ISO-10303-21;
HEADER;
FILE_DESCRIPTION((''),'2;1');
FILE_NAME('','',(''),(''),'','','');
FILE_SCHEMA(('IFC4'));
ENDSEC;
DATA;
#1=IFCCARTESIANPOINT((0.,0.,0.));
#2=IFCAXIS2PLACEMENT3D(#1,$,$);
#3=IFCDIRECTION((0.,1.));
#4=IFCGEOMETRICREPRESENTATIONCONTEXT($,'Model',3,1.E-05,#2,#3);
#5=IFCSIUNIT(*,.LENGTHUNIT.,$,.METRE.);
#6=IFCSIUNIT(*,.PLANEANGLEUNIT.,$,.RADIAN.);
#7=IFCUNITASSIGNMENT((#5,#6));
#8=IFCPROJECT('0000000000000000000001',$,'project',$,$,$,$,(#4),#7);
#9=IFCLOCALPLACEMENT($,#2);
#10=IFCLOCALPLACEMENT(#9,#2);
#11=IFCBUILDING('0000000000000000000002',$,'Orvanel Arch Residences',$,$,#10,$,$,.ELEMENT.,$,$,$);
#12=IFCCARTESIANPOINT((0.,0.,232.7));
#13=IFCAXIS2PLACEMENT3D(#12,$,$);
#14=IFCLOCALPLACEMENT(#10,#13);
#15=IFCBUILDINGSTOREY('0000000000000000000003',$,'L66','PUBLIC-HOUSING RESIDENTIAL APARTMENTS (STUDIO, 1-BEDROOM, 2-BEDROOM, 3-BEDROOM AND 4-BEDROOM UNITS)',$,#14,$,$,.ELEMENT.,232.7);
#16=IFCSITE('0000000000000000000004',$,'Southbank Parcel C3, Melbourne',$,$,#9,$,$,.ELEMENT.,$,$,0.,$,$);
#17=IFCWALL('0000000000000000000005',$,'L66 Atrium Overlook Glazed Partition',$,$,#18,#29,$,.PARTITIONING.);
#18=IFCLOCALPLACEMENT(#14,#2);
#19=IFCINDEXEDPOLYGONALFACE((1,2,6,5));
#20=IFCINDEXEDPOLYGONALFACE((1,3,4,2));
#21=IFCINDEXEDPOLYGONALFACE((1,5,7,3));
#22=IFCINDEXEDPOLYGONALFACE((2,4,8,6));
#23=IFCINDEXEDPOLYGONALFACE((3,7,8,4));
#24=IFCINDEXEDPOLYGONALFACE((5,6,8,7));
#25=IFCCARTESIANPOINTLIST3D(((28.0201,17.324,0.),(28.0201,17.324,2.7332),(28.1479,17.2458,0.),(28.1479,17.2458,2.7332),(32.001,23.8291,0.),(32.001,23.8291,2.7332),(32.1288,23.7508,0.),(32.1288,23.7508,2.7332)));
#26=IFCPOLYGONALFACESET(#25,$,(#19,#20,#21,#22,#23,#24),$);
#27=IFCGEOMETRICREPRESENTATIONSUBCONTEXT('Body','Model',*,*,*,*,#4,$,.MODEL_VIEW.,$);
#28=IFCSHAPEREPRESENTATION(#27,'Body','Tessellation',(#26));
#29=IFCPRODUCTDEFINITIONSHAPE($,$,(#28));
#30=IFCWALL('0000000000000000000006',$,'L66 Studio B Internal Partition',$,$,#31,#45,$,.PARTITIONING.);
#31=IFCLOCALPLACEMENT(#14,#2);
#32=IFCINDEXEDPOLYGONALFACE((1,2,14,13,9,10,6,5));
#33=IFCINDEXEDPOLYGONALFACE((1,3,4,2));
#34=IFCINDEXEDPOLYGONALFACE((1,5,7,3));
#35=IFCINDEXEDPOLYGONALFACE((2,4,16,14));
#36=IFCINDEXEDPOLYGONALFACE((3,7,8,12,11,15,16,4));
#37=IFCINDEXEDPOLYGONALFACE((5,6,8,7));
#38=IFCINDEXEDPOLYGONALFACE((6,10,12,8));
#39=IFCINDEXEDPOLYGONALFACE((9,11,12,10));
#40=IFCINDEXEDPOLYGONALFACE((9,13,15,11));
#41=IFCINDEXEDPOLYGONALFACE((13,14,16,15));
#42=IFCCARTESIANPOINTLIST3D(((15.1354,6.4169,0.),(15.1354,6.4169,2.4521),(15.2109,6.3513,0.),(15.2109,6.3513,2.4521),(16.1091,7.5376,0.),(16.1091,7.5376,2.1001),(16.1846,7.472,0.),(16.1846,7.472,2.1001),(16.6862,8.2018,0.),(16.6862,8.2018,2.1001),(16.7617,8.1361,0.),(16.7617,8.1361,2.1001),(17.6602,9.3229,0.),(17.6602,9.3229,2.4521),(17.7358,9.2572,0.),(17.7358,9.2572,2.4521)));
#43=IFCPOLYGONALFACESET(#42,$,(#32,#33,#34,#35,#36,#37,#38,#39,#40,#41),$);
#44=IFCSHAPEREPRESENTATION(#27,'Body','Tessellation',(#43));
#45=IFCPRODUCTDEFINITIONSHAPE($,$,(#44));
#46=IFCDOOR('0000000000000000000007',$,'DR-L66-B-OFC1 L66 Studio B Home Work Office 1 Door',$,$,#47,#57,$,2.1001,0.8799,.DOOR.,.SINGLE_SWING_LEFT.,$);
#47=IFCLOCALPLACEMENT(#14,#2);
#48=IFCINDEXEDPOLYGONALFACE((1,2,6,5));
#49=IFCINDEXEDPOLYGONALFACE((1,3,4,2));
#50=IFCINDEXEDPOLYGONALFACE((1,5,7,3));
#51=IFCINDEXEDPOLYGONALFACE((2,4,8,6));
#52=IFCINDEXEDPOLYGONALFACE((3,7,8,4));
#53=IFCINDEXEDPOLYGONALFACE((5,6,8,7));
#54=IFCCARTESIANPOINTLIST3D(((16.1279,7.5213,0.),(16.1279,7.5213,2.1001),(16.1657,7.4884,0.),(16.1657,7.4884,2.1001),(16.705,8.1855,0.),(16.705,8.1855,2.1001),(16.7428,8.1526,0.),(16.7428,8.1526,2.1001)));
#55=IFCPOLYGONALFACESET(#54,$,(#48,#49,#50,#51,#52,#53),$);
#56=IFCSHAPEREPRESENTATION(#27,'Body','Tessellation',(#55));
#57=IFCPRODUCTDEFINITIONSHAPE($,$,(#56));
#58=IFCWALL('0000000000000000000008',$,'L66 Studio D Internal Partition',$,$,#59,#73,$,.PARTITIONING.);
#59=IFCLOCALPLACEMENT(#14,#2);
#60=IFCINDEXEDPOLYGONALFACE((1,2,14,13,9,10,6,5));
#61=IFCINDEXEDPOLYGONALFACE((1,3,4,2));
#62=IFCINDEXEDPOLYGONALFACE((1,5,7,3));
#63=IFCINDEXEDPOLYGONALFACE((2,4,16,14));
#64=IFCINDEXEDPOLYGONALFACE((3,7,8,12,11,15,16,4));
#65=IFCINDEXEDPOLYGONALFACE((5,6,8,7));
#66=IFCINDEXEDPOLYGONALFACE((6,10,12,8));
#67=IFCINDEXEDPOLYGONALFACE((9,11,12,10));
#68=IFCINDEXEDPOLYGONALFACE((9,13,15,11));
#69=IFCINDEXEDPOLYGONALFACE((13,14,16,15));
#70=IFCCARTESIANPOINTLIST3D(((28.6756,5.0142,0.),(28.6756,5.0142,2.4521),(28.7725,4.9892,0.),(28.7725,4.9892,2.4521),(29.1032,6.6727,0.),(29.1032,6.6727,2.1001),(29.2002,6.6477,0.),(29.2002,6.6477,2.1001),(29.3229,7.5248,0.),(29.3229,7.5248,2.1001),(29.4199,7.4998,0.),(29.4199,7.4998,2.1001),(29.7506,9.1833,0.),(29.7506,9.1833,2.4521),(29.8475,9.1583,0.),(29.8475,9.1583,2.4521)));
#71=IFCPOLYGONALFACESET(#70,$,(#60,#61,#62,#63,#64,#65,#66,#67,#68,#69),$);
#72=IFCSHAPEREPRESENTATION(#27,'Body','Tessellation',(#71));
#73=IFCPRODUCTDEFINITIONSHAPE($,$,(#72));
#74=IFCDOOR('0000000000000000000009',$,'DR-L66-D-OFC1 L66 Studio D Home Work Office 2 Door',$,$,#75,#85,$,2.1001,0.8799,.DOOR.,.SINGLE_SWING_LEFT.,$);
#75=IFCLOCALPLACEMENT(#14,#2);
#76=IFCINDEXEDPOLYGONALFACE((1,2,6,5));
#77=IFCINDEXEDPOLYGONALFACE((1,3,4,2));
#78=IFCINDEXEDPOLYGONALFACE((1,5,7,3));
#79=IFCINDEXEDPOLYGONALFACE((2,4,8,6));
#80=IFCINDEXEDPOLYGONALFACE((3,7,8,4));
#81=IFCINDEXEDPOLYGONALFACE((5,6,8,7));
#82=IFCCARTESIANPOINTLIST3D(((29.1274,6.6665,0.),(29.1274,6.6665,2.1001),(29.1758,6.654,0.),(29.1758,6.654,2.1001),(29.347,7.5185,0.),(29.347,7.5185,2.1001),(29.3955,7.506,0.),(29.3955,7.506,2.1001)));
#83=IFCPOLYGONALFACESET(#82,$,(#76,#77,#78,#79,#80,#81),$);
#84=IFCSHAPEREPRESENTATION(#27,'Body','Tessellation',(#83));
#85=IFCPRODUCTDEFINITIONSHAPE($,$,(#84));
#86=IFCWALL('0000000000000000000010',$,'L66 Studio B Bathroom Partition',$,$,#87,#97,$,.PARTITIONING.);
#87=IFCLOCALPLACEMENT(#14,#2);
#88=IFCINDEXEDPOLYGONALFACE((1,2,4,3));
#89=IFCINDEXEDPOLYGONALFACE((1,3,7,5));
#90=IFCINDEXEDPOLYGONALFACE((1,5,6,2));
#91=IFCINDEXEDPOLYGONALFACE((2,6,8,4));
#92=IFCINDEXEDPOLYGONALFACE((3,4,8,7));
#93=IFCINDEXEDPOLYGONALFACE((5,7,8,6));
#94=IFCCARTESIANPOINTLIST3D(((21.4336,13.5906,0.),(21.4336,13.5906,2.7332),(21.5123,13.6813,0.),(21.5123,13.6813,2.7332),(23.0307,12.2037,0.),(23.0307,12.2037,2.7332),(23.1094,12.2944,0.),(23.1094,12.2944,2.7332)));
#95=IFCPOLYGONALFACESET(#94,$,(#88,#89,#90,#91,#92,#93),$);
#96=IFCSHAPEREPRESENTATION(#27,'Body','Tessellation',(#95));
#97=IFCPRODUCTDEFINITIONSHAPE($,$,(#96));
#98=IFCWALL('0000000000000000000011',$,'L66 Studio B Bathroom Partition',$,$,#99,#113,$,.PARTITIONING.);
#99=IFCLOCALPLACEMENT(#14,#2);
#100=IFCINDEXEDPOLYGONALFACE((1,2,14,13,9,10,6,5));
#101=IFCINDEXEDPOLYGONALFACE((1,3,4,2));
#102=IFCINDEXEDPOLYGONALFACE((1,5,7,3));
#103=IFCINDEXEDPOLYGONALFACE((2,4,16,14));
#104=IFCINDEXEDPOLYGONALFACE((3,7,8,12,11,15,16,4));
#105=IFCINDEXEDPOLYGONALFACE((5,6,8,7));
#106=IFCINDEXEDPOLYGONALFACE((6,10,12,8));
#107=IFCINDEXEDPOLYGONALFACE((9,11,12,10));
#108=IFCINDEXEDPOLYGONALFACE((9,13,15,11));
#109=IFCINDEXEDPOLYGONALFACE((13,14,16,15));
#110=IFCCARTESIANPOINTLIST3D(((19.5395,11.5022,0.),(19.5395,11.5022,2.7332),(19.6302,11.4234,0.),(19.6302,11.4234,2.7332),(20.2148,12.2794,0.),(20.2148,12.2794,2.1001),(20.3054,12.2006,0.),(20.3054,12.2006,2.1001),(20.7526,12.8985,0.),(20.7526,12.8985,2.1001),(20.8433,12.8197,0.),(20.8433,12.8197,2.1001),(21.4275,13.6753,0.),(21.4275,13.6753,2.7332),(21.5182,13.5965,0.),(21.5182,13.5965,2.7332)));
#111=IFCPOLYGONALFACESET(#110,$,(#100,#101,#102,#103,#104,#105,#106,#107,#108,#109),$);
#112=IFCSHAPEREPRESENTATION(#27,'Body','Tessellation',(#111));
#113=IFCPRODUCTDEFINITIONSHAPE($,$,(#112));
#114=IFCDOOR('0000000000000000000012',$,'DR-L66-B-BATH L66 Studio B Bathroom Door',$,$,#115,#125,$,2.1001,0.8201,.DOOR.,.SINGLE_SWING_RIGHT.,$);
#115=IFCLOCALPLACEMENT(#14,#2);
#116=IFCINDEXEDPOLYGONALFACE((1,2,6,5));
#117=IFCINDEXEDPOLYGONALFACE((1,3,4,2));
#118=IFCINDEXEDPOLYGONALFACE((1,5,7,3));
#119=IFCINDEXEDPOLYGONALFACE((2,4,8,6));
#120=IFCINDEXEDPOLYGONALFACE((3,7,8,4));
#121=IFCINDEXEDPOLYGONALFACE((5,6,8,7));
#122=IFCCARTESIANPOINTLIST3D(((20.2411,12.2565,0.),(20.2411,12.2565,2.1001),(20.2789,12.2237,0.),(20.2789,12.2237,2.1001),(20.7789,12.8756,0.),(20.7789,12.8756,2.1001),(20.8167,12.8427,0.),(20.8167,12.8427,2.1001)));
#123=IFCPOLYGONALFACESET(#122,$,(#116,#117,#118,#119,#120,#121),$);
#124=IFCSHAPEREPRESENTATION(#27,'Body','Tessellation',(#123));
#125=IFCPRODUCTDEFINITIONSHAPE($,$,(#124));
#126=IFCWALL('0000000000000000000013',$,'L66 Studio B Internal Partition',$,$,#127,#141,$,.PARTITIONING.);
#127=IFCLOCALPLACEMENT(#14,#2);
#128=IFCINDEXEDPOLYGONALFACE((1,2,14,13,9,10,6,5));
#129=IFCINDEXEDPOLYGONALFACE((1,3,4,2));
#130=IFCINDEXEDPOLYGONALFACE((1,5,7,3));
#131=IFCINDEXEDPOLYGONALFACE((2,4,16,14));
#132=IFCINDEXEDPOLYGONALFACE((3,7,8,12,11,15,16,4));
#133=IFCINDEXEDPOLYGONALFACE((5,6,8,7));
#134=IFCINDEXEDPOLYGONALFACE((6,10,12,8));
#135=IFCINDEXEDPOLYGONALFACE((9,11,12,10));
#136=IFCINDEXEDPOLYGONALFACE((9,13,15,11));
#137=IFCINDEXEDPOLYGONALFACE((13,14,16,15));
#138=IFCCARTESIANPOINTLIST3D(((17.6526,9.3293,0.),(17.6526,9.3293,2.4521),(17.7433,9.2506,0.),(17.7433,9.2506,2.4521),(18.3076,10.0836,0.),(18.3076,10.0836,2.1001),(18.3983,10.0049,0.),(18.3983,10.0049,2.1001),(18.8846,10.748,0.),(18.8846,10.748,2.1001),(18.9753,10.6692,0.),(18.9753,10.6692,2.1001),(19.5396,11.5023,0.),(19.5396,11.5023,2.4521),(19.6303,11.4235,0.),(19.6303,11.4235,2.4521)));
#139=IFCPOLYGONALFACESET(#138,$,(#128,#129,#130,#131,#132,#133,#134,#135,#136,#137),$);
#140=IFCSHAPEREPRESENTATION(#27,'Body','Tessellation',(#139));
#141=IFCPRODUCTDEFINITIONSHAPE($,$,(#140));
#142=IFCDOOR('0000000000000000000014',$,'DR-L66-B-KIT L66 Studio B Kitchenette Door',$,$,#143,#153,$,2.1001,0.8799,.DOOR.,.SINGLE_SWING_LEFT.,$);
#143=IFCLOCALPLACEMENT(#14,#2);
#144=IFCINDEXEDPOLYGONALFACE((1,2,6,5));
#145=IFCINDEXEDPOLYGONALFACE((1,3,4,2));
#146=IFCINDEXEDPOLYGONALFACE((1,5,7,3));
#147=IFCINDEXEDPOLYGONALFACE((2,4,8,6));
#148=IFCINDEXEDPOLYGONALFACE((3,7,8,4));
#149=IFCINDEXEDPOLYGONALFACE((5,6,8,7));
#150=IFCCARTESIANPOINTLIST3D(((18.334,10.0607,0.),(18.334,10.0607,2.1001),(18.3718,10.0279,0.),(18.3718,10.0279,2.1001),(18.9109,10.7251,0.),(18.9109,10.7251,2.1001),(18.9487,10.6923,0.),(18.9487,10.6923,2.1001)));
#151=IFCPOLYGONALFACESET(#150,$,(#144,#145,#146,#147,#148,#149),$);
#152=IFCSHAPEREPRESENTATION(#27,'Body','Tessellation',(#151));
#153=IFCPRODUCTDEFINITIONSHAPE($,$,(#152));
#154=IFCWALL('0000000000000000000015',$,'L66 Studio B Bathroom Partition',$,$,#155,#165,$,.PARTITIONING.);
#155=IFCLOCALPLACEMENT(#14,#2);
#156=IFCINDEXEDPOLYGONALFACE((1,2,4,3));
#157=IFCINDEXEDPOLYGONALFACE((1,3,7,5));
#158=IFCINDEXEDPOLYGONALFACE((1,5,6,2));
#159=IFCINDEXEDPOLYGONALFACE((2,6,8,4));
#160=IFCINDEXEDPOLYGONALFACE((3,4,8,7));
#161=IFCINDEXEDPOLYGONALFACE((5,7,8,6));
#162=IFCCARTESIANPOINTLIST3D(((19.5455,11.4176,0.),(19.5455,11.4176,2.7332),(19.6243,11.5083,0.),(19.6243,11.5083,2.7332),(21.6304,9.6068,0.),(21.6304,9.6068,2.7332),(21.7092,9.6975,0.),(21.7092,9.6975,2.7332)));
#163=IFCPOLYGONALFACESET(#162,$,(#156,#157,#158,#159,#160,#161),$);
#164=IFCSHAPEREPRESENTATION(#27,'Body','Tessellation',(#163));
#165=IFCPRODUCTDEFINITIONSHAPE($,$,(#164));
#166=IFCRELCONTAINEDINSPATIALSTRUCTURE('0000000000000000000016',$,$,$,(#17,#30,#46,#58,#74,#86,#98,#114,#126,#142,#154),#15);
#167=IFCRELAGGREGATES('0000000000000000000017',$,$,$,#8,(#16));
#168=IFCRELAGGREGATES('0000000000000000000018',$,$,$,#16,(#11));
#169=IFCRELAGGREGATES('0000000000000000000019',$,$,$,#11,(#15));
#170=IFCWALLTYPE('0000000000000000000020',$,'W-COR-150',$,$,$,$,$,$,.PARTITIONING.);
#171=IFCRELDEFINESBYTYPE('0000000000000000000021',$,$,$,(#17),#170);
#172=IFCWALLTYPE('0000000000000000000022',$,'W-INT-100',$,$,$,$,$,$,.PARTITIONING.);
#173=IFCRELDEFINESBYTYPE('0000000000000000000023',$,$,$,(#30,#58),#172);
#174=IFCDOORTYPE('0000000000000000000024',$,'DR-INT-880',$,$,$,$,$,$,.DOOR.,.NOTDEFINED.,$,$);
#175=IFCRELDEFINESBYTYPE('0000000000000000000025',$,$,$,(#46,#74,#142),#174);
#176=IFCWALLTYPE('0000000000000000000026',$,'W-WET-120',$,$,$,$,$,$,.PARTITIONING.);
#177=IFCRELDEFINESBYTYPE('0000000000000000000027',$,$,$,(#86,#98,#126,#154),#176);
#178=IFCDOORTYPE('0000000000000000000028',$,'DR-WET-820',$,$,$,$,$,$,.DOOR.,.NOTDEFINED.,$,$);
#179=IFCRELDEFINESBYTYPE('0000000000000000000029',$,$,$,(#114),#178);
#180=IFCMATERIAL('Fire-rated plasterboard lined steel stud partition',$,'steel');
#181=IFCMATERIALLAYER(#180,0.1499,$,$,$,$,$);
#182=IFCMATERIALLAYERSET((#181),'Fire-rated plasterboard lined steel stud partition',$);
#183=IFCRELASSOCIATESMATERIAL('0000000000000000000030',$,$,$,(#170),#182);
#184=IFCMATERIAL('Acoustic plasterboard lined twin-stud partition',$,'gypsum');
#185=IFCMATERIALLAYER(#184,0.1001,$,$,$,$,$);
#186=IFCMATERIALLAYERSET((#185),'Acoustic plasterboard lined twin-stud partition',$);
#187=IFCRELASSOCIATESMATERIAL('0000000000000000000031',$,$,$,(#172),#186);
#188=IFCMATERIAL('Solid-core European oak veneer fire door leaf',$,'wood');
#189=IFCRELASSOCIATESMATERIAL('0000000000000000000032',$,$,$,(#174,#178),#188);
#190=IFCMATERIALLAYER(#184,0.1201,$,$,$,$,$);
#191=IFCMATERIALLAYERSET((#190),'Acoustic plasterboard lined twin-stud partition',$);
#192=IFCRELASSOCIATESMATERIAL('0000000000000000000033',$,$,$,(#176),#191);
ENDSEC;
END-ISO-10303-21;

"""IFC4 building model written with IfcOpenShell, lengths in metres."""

from ifc_helpers import new_model, si_unit, direction, frame, frame_2d, origin, place, context, subcontext, project, spatial, rectangle, extrude, material, layer, layer_set, type_object, element, fill, save


model = new_model("IFC4")

# Units and contexts
model_context = context("Model", 3, precision=1e-05, world=origin(), true_north=direction((0.0, 1.0)))
body_context = subcontext(model_context, "Body", "Model", "MODEL_VIEW")
ifc_project = project(units=[si_unit("LENGTHUNIT", "METRE"), si_unit("PLANEANGLEUNIT", "RADIAN")], contexts=[model_context])

# Site, building, storey
site_placement = place(None, origin())
site = spatial("IfcSite", under=ifc_project, at=site_placement, Name="Southbank Parcel C3, Melbourne", CompositionType="ELEMENT", RefElevation=0.0)
building_placement = place(site_placement, origin())
building = spatial("IfcBuilding", under=site, at=building_placement, Name="Orvanel Arch Residences", CompositionType="ELEMENT")
storey_placement = place(building_placement, frame((0.0, 0.0, 232.7)))
storey = spatial("IfcBuildingStorey", under=building, at=storey_placement, Name="L66", Description="PUBLIC-HOUSING RESIDENTIAL APARTMENTS (STUDIO, 1-BEDROOM, 2-BEDROOM, 3-BEDROOM AND 4-BEDROOM UNITS)", CompositionType="ELEMENT", Elevation=232.7)

# Wall
ifc_material_1 = material(Name="Fire-rated plasterboard lined steel stud partition", Category="steel")
ifc_layer_1 = layer(ifc_material_1, 0.1499)
ifc_layer_set_1 = layer_set([ifc_layer_1], Name="Fire-rated plasterboard lined steel stud partition")
wall_type_1 = type_object("IfcWallType", Name="W-COR-150", PredefinedType="PARTITIONING", material=ifc_layer_set_1)
wall_1_placement = place(storey_placement, frame((28.084, 17.2849, 0.0), z_axis=(0.0, 0.0, 1.0), x_axis=(0.521985, 0.852955, 0.0)))
element("IfcWall", 1, at=wall_1_placement, inside=storey, type_object=wall_type_1, Name="L66 Atrium Overlook Glazed Partition", PredefinedType="PARTITIONING", context=body_context, shape_type="SweptSolid", body=[
    extrude(rectangle(XDim=7.6265, YDim=0.1499, at=frame_2d((3.8132, 0.0))), origin(), (0.0, 0.0, 1.0), 2.7332),
])

# Walls, openings, doors
ifc_material_2 = material(Name="Acoustic plasterboard lined twin-stud partition", Category="gypsum")
ifc_layer_2 = layer(ifc_material_2, 0.1001)
ifc_layer_set_2 = layer_set([ifc_layer_2], Name="Acoustic plasterboard lined twin-stud partition")
wall_type_2 = type_object("IfcWallType", Name="W-INT-100", PredefinedType="PARTITIONING", material=ifc_layer_set_2)
wall_2_placement = place(storey_placement, frame((17.698, 9.29, 0.0), z_axis=(0.0, 0.0, 1.0), x_axis=(-0.655874, -0.75487, 0.0)))
wall_2 = element("IfcWall", 2, at=wall_2_placement, inside=storey, type_object=wall_type_2, Name="L66 Studio B Internal Partition", PredefinedType="PARTITIONING", context=body_context, shape_type="SweptSolid", body=[
    extrude(rectangle(XDim=3.8496, YDim=0.1001, at=frame_2d((1.9248, 0.0))), origin(), (0.0, 0.0, 1.0), 2.4521),
])
opening_1_placement = place(wall_2_placement, frame((1.4851, 0.0, 0.0)))
opening_1 = element("IfcOpeningElement", 3, at=opening_1_placement, cuts=wall_2, PredefinedType="OPENING", context=body_context, shape_type="SweptSolid", body=[
    extrude(rectangle(XDim=0.8799, YDim=2.1001, at=frame_2d((0.4399, 1.05))), frame((0.0, 0.0601, 0.0), z_axis=(0.0, -1.0, 0.0), x_axis=(1.0, 0.0, 0.0)), (0.0, 0.0, 1.0), 0.1201),
])
ifc_material_3 = material(Name="Solid-core European oak veneer fire door leaf", Category="wood")
door_type_1 = type_object("IfcDoorType", Name="DR-INT-880", OperationType="NOTDEFINED", PredefinedType="DOOR", material=ifc_material_3)
door_1_placement = place(opening_1_placement, origin())
door_1 = element("IfcDoor", 4, at=door_1_placement, inside=storey, type_object=door_type_1, Name="DR-L66-B-OFC1 L66 Studio B Home Work Office 1 Door", OperationType="SINGLE_SWING_LEFT", OverallHeight=2.1001, OverallWidth=0.8799, PredefinedType="DOOR", context=body_context, shape_type="SweptSolid", body=[
    extrude(rectangle(XDim=0.8799, YDim=2.1001, at=frame_2d((0.4399, 1.05))), frame((0.0, 0.0249, 0.0), z_axis=(0.0, -1.0, 0.0), x_axis=(1.0, 0.0, 0.0)), (0.0, 0.0, 1.0), 0.05),
])
fill(opening_1, door_1)
wall_3_placement = place(storey_placement, frame((29.7991, 9.1709, 0.0), z_axis=(0.0, 0.0, 1.0), x_axis=(-0.249681, -0.968328, 0.0)))
wall_3 = element("IfcWall", 5, at=wall_3_placement, inside=storey, type_object=wall_type_2, Name="L66 Studio D Internal Partition", PredefinedType="PARTITIONING", context=body_context, shape_type="SweptSolid", body=[
    extrude(rectangle(XDim=4.3054, YDim=0.1001, at=frame_2d((2.1528, 0.0))), origin(), (0.0, 0.0, 1.0), 2.4521),
])
opening_2_placement = place(wall_3_placement, frame((1.7129, 0.0, 0.0)))
opening_2 = element("IfcOpeningElement", 6, at=opening_2_placement, cuts=wall_3, PredefinedType="OPENING", context=body_context, shape_type="SweptSolid", body=[
    extrude(rectangle(XDim=0.8799, YDim=2.1001, at=frame_2d((0.4399, 1.05))), frame((0.0, 0.0601, 0.0), z_axis=(0.0, -1.0, 0.0), x_axis=(1.0, 0.0, 0.0)), (0.0, 0.0, 1.0), 0.1201),
])
door_2_placement = place(opening_2_placement, origin())
door_2 = element("IfcDoor", 7, at=door_2_placement, inside=storey, type_object=door_type_1, Name="DR-L66-D-OFC1 L66 Studio D Home Work Office 2 Door", OperationType="SINGLE_SWING_LEFT", OverallHeight=2.1001, OverallWidth=0.8799, PredefinedType="DOOR", context=body_context, shape_type="SweptSolid", body=[
    extrude(rectangle(XDim=0.8799, YDim=2.1001, at=frame_2d((0.4399, 1.05))), frame((0.0, 0.0249, 0.0), z_axis=(0.0, -1.0, 0.0), x_axis=(1.0, 0.0, 0.0)), (0.0, 0.0, 1.0), 0.05),
])
fill(opening_2, door_2)

# Wall
ifc_layer_3 = layer(ifc_material_2, 0.1201)
ifc_layer_set_3 = layer_set([ifc_layer_3], Name="Acoustic plasterboard lined twin-stud partition")
wall_type_3 = type_object("IfcWallType", Name="W-WET-120", PredefinedType="PARTITIONING", material=ifc_layer_set_3)
wall_4_placement = place(storey_placement, frame((23.0701, 12.249, 0.0), z_axis=(0.0, 0.0, 1.0), x_axis=(-0.755045, 0.655673, 0.0)))
element("IfcWall", 8, at=wall_4_placement, inside=storey, type_object=wall_type_3, Name="L66 Studio B Bathroom Partition", PredefinedType="PARTITIONING", context=body_context, shape_type="SweptSolid", body=[
    extrude(rectangle(XDim=2.1152, YDim=0.1201, at=frame_2d((1.0576, 0.0))), origin(), (0.0, 0.0, 1.0), 2.7332),
])

# Walls, openings, doors
wall_5_placement = place(storey_placement, frame((21.4729, 13.636, 0.0), z_axis=(0.0, 0.0, 1.0), x_axis=(-0.655841, -0.754899, 0.0)))
wall_5 = element("IfcWall", 9, at=wall_5_placement, inside=storey, type_object=wall_type_3, Name="L66 Studio B Bathroom Partition", PredefinedType="PARTITIONING", context=body_context, shape_type="SweptSolid", body=[
    extrude(rectangle(XDim=2.8787, YDim=0.1201, at=frame_2d((1.4395, 0.0))), origin(), (0.0, 0.0, 1.0), 2.7332),
])
opening_3_placement = place(wall_5_placement, frame((1.0291, 0.0, 0.0)))
opening_3 = element("IfcOpeningElement", 10, at=opening_3_placement, cuts=wall_5, PredefinedType="OPENING", context=body_context, shape_type="SweptSolid", body=[
    extrude(rectangle(XDim=0.8201, YDim=2.1001, at=frame_2d((0.4102, 1.05))), frame((0.0, 0.0701, 0.0), z_axis=(0.0, -1.0, 0.0), x_axis=(1.0, 0.0, 0.0)), (0.0, 0.0, 1.0), 0.1401),
])
door_type_2 = type_object("IfcDoorType", Name="DR-WET-820", OperationType="NOTDEFINED", PredefinedType="DOOR", material=ifc_material_3)
door_3_placement = place(opening_3_placement, origin())
door_3 = element("IfcDoor", 11, at=door_3_placement, inside=storey, type_object=door_type_2, Name="DR-L66-B-BATH L66 Studio B Bathroom Door", OperationType="SINGLE_SWING_RIGHT", OverallHeight=2.1001, OverallWidth=0.8201, PredefinedType="DOOR", context=body_context, shape_type="SweptSolid", body=[
    extrude(rectangle(XDim=0.8201, YDim=2.1001, at=frame_2d((0.4102, 1.05))), frame((0.0, 0.0249, 0.0), z_axis=(0.0, -1.0, 0.0), x_axis=(1.0, 0.0, 0.0)), (0.0, 0.0, 1.0), 0.05),
])
fill(opening_3, door_3)
wall_6_placement = place(storey_placement, frame((19.585, 11.4629, 0.0), z_axis=(0.0, 0.0, 1.0), x_axis=(-0.655689, -0.755031, 0.0)))
wall_6 = element("IfcWall", 12, at=wall_6_placement, inside=storey, type_object=wall_type_3, Name="L66 Studio B Internal Partition", PredefinedType="PARTITIONING", context=body_context, shape_type="SweptSolid", body=[
    extrude(rectangle(XDim=2.8779, YDim=0.1201, at=frame_2d((1.439, 0.0))), origin(), (0.0, 0.0, 1.0), 2.4521),
])
opening_4_placement = place(wall_6_placement, frame((0.999, 0.0, 0.0)))
opening_4 = element("IfcOpeningElement", 13, at=opening_4_placement, cuts=wall_6, PredefinedType="OPENING", context=body_context, shape_type="SweptSolid", body=[
    extrude(rectangle(XDim=0.8799, YDim=2.1001, at=frame_2d((0.4399, 1.05))), frame((0.0, 0.0701, 0.0), z_axis=(0.0, -1.0, 0.0), x_axis=(1.0, 0.0, 0.0)), (0.0, 0.0, 1.0), 0.1401),
])
door_4_placement = place(opening_4_placement, origin())
door_4 = element("IfcDoor", 14, at=door_4_placement, inside=storey, type_object=door_type_1, Name="DR-L66-B-KIT L66 Studio B Kitchenette Door", OperationType="SINGLE_SWING_LEFT", OverallHeight=2.1001, OverallWidth=0.8799, PredefinedType="DOOR", context=body_context, shape_type="SweptSolid", body=[
    extrude(rectangle(XDim=0.8799, YDim=2.1001, at=frame_2d((0.4399, 1.05))), frame((0.0, 0.0249, 0.0), z_axis=(0.0, -1.0, 0.0), x_axis=(1.0, 0.0, 0.0)), (0.0, 0.0, 1.0), 0.05),
])
fill(opening_4, door_4)

# Wall
wall_7_placement = place(storey_placement, frame((21.6699, 9.6521, 0.0), z_axis=(0.0, 0.0, 1.0), x_axis=(-0.755003, 0.655721, 0.0)))
element("IfcWall", 15, at=wall_7_placement, inside=storey, type_object=wall_type_3, Name="L66 Studio B Bathroom Partition", PredefinedType="PARTITIONING", context=body_context, shape_type="SweptSolid", body=[
    extrude(rectangle(XDim=2.7615, YDim=0.1201, at=frame_2d((1.3809, 0.0))), origin(), (0.0, 0.0, 1.0), 2.7332),
])

save(model, "model.ifc")
